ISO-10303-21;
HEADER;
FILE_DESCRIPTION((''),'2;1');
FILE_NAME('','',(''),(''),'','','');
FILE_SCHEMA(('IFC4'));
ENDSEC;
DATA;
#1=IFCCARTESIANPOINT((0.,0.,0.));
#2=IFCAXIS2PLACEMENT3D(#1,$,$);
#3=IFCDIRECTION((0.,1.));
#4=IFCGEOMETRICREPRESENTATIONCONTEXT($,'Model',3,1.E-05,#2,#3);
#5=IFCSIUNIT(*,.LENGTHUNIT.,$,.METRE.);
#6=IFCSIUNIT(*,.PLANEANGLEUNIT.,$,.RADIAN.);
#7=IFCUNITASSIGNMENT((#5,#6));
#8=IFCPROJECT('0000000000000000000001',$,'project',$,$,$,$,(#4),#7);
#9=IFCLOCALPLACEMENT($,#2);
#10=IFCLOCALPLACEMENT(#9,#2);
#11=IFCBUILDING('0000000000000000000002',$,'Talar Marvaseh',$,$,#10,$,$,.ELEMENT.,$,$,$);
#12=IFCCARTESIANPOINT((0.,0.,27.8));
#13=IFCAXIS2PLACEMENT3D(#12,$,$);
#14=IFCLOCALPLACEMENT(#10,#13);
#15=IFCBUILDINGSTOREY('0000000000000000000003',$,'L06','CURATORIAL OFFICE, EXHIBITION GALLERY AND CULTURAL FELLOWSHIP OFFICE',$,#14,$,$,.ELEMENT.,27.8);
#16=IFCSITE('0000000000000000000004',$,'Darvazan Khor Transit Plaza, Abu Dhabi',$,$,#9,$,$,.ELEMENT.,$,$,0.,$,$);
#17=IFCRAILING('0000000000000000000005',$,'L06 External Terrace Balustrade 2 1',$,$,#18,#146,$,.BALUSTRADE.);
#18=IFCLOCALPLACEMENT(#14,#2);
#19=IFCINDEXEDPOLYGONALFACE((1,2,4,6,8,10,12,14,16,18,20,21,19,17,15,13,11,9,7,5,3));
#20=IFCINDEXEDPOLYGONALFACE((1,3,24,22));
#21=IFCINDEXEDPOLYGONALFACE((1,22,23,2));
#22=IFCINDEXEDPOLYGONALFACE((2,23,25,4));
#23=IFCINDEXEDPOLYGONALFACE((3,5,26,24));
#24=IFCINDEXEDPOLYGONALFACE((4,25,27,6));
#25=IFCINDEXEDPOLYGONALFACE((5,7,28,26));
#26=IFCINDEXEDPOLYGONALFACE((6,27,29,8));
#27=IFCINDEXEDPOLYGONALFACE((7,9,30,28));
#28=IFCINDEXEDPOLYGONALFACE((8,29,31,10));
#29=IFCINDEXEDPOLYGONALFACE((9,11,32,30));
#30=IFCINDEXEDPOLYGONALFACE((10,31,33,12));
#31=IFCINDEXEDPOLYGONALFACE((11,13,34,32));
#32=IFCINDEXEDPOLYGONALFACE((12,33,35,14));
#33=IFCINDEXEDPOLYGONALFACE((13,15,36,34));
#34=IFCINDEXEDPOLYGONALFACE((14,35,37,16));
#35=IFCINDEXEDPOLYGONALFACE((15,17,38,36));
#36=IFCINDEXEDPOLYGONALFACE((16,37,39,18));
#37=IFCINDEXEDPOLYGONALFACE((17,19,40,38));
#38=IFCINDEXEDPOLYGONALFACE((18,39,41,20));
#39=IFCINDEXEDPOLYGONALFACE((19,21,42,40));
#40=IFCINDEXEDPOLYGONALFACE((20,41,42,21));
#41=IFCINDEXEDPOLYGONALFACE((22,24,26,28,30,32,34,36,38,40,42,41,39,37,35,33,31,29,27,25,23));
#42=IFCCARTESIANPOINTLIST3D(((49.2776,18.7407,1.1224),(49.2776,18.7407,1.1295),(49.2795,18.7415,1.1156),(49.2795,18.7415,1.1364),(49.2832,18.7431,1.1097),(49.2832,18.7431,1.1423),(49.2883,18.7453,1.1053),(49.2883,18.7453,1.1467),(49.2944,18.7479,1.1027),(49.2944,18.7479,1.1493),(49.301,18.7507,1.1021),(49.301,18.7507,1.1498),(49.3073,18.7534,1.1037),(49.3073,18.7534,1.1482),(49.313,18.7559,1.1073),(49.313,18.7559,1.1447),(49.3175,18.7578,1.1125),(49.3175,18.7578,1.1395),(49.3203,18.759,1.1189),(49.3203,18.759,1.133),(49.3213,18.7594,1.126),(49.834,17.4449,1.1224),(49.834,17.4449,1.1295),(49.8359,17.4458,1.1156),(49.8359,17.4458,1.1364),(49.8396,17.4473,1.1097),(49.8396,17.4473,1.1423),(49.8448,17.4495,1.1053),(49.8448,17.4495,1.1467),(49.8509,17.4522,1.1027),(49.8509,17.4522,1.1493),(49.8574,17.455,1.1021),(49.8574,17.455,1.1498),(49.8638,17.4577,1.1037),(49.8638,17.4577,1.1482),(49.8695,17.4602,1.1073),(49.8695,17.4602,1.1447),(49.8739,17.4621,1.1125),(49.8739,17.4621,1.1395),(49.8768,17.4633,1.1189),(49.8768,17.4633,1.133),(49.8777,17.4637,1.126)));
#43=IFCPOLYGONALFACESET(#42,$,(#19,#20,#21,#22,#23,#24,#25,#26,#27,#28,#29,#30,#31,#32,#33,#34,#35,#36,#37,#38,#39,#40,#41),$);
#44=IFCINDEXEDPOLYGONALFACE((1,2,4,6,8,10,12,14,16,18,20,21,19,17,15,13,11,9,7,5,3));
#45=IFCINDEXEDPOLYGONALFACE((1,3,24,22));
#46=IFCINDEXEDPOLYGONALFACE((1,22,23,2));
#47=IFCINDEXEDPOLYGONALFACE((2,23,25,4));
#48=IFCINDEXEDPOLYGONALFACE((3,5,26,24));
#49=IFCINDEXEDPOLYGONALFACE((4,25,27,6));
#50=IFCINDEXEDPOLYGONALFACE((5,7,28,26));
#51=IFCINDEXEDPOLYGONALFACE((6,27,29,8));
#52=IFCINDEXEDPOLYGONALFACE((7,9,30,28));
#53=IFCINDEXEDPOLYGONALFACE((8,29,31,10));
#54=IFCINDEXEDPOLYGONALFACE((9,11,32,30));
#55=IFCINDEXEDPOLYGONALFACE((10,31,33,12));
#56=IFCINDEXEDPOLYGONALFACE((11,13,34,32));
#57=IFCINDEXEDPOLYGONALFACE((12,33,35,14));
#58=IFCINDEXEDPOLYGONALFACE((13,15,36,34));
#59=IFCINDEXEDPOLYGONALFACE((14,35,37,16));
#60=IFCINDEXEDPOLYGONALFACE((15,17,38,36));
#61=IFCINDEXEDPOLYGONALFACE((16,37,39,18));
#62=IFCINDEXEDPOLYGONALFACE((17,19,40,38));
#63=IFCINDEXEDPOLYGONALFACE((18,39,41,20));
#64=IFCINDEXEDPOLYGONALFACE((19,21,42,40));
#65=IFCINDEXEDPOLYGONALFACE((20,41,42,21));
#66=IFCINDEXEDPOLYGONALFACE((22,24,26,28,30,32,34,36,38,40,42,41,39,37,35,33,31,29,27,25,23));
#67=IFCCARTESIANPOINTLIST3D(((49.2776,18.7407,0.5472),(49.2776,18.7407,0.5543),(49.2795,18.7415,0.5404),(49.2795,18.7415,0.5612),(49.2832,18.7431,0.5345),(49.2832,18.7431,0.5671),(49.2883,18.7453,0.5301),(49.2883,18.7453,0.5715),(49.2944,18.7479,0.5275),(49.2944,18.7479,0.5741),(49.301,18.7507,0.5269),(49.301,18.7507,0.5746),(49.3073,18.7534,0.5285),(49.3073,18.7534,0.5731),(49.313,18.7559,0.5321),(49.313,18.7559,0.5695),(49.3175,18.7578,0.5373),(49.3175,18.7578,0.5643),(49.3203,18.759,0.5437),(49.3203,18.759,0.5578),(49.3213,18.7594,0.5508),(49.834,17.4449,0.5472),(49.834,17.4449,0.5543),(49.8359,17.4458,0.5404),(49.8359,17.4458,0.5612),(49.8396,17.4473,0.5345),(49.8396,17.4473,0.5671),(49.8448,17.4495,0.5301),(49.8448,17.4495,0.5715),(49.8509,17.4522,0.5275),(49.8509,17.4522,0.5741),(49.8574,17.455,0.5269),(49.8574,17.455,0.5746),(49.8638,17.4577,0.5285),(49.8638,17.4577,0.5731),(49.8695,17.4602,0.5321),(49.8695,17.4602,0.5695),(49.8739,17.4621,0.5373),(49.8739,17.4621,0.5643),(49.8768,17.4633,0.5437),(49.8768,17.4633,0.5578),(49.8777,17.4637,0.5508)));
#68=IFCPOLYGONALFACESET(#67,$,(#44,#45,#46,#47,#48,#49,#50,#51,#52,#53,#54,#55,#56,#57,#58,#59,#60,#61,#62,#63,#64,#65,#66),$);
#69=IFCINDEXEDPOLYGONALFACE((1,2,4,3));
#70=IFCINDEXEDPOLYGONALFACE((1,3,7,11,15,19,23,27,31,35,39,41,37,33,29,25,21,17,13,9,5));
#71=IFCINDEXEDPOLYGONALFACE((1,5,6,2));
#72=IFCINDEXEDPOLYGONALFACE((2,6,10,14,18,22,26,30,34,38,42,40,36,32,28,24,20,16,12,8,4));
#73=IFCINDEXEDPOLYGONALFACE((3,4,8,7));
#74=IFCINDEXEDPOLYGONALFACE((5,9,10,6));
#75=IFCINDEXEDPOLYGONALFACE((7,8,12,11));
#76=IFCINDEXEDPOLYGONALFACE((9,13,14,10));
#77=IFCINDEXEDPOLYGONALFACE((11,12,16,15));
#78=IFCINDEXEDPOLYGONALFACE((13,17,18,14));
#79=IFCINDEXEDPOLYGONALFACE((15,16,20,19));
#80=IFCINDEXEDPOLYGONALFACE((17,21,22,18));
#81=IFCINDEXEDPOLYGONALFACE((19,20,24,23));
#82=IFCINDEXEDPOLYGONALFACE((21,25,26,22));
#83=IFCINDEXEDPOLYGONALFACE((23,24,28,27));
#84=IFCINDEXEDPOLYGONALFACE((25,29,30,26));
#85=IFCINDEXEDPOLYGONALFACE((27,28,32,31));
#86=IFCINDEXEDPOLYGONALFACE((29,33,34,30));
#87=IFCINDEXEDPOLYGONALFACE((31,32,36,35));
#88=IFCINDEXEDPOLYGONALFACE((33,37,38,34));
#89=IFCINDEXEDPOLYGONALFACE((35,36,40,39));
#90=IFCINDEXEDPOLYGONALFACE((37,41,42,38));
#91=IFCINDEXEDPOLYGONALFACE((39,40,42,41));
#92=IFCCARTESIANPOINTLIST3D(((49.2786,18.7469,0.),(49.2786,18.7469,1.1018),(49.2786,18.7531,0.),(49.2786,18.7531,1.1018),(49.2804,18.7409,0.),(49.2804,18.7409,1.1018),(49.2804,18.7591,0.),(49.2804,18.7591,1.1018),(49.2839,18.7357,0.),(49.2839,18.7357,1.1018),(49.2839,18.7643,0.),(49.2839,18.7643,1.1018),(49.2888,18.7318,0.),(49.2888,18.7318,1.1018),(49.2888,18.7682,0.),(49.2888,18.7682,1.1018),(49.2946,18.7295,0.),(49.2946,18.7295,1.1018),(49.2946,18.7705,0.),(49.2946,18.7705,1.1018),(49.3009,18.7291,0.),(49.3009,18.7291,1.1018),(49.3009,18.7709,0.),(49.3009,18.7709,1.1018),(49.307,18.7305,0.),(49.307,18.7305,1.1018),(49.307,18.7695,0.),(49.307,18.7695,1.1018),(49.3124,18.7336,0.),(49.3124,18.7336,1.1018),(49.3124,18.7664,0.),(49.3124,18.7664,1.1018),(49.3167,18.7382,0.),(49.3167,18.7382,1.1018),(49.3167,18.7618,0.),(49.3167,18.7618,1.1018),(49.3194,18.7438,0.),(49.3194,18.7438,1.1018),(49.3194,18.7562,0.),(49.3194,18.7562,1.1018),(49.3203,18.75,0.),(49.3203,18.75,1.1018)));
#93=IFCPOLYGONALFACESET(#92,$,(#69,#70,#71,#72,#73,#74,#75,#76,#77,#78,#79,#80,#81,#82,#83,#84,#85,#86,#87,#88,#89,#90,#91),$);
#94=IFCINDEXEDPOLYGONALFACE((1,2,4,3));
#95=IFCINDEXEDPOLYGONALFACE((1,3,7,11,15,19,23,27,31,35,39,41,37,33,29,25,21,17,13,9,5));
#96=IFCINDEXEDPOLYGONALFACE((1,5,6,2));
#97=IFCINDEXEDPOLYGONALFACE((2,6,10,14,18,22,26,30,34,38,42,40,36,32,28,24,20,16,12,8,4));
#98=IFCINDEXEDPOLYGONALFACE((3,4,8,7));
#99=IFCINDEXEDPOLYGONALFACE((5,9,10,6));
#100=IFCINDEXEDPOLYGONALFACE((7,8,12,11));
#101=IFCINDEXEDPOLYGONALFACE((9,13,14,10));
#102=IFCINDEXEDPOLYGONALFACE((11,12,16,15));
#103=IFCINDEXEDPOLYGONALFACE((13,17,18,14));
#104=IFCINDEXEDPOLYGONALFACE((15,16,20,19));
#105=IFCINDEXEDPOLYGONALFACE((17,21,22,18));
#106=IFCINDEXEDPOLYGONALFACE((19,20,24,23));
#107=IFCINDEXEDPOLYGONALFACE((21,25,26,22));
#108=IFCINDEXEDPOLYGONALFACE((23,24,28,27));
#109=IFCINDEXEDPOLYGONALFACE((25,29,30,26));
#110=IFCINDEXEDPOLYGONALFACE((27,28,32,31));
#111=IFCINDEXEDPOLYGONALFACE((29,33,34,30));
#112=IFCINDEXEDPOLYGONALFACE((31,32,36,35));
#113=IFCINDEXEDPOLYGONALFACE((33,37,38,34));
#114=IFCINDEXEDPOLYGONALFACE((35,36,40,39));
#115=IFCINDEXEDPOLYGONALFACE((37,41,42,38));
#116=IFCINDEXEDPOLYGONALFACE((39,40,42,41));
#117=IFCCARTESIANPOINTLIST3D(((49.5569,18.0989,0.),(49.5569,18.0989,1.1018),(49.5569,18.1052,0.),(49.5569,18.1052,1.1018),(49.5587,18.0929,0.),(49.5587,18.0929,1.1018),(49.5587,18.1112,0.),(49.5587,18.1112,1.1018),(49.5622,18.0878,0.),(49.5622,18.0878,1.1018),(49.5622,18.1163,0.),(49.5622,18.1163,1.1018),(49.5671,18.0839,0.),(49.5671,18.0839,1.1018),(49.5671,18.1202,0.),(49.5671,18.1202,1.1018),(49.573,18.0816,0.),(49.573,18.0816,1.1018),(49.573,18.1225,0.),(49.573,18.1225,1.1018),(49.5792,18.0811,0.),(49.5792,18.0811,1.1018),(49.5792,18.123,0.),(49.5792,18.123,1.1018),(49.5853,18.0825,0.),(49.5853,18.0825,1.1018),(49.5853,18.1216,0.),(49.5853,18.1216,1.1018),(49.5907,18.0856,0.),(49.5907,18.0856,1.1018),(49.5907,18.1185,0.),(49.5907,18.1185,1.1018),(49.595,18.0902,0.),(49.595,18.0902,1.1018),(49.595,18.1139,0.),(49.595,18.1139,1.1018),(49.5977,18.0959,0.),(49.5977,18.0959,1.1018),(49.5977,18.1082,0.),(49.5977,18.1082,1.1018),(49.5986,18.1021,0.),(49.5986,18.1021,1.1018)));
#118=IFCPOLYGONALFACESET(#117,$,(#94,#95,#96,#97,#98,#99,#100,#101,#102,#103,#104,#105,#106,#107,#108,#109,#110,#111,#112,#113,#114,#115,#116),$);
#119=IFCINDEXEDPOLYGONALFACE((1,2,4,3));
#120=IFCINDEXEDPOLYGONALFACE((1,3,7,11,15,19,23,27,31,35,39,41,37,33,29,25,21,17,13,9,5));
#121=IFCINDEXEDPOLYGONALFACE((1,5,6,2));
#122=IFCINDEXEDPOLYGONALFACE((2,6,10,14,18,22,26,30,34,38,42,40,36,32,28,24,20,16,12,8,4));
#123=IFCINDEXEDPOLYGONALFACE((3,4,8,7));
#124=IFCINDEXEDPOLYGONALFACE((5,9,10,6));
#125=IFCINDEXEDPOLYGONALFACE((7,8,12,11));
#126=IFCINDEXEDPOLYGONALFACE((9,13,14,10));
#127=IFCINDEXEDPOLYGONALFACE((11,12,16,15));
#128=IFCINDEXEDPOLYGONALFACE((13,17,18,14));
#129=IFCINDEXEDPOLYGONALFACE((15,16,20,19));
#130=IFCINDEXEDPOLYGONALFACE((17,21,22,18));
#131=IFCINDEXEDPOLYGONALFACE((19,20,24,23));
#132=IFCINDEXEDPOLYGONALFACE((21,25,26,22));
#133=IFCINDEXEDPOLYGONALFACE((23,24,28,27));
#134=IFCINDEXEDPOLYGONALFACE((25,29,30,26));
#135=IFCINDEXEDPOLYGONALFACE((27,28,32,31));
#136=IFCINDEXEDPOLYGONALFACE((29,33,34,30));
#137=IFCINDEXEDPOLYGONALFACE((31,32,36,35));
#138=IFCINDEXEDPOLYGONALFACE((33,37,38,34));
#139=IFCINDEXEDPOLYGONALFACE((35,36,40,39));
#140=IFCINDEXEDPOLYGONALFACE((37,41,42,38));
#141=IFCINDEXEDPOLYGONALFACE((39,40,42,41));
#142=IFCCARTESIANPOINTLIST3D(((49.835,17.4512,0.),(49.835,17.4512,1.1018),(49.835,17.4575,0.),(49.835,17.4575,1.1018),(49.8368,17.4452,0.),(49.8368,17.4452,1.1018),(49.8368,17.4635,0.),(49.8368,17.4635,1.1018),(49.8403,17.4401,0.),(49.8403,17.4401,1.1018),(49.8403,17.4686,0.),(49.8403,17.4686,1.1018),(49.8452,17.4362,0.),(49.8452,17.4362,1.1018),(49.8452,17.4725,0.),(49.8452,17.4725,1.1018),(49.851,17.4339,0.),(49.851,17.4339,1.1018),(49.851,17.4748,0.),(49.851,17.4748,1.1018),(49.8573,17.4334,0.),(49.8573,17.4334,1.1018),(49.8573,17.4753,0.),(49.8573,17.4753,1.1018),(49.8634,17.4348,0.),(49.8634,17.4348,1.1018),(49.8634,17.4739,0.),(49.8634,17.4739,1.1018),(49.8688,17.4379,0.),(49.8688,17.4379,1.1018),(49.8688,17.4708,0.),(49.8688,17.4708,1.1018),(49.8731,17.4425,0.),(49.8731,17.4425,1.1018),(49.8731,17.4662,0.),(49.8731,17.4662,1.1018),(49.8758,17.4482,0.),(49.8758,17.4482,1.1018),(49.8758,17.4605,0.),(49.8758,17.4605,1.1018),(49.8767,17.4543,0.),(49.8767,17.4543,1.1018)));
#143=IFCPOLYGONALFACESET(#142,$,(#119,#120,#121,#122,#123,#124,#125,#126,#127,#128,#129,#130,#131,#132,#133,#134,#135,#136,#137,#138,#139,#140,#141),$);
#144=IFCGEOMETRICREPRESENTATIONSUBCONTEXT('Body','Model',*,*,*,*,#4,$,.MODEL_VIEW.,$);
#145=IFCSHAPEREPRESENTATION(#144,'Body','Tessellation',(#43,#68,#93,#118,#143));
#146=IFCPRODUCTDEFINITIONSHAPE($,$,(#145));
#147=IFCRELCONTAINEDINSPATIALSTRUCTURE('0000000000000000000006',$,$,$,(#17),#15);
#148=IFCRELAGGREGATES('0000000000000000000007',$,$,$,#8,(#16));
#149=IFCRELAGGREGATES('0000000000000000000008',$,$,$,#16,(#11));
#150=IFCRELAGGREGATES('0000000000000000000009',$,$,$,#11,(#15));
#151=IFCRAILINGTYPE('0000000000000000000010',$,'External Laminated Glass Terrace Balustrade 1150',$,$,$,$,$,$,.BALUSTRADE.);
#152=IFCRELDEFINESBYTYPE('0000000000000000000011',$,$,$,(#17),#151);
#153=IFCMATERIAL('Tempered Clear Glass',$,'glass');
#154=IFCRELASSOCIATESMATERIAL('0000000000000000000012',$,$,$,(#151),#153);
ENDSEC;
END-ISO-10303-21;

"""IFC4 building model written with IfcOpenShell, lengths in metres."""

from ifc_helpers import new_model, si_unit, direction, frame, origin, origin_2d, place, context, subcontext, project, spatial, circle, extrude, material, type_object, element, save


model = new_model("IFC4")

# Units and contexts
model_context = context("Model", 3, precision=1e-05, world=origin(), true_north=direction((0.0, 1.0)))
body_context = subcontext(model_context, "Body", "Model", "MODEL_VIEW")
ifc_project = project(units=[si_unit("LENGTHUNIT", "METRE"), si_unit("PLANEANGLEUNIT", "RADIAN")], contexts=[model_context])

# Site, building, storey
site_placement = place(None, origin())
site = spatial("IfcSite", under=ifc_project, at=site_placement, Name="Darvazan Khor Transit Plaza, Abu Dhabi", CompositionType="ELEMENT", RefElevation=0.0)
building_placement = place(site_placement, origin())
building = spatial("IfcBuilding", under=site, at=building_placement, Name="Talar Marvaseh", CompositionType="ELEMENT")
storey_placement = place(building_placement, frame((0.0, 0.0, 27.8)))
storey = spatial("IfcBuildingStorey", under=building, at=storey_placement, Name="L06", Description="CURATORIAL OFFICE, EXHIBITION GALLERY AND CULTURAL FELLOWSHIP OFFICE", CompositionType="ELEMENT", Elevation=27.8)

# Railing
ifc_material_1 = material(Name="Tempered Clear Glass", Category="glass")
railing_type = type_object("IfcRailingType", Name="External Laminated Glass Terrace Balustrade 1150", PredefinedType="BALUSTRADE", material=ifc_material_1)
railing_1_placement = place(storey_placement, frame((49.2993, 18.75, 0.0)))
element("IfcRailing", 1, at=railing_1_placement, inside=storey, type_object=railing_type, Name="L06 External Terrace Balustrade 2 1", PredefinedType="BALUSTRADE", context=body_context, shape_type="SweptSolid", body=[
    extrude(circle(Radius=0.0239, at=origin_2d()), frame((0.0, 0.0, 1.126), z_axis=(0.394588, -0.918858, 0.0), x_axis=(0.918858, 0.394588, 0.0)), (0.0, 0.0, 1.0), 1.4102),
    extrude(circle(Radius=0.0239, at=origin_2d()), frame((0.0, 0.0, 0.5508), z_axis=(0.394588, -0.918858, 0.0), x_axis=(0.918858, 0.394588, 0.0)), (0.0, 0.0, 1.0), 1.4102),
    extrude(circle(Radius=0.021, at=origin_2d()), origin(), (0.0, 0.0, 1.0), 1.1018),
    extrude(circle(Radius=0.021, at=origin_2d()), frame((0.2783, -0.6479, 0.0)), (0.0, 0.0, 1.0), 1.1018),
    extrude(circle(Radius=0.021, at=origin_2d()), frame((0.5564, -1.2957, 0.0)), (0.0, 0.0, 1.0), 1.1018),
])

save(model, "model.ifc")
